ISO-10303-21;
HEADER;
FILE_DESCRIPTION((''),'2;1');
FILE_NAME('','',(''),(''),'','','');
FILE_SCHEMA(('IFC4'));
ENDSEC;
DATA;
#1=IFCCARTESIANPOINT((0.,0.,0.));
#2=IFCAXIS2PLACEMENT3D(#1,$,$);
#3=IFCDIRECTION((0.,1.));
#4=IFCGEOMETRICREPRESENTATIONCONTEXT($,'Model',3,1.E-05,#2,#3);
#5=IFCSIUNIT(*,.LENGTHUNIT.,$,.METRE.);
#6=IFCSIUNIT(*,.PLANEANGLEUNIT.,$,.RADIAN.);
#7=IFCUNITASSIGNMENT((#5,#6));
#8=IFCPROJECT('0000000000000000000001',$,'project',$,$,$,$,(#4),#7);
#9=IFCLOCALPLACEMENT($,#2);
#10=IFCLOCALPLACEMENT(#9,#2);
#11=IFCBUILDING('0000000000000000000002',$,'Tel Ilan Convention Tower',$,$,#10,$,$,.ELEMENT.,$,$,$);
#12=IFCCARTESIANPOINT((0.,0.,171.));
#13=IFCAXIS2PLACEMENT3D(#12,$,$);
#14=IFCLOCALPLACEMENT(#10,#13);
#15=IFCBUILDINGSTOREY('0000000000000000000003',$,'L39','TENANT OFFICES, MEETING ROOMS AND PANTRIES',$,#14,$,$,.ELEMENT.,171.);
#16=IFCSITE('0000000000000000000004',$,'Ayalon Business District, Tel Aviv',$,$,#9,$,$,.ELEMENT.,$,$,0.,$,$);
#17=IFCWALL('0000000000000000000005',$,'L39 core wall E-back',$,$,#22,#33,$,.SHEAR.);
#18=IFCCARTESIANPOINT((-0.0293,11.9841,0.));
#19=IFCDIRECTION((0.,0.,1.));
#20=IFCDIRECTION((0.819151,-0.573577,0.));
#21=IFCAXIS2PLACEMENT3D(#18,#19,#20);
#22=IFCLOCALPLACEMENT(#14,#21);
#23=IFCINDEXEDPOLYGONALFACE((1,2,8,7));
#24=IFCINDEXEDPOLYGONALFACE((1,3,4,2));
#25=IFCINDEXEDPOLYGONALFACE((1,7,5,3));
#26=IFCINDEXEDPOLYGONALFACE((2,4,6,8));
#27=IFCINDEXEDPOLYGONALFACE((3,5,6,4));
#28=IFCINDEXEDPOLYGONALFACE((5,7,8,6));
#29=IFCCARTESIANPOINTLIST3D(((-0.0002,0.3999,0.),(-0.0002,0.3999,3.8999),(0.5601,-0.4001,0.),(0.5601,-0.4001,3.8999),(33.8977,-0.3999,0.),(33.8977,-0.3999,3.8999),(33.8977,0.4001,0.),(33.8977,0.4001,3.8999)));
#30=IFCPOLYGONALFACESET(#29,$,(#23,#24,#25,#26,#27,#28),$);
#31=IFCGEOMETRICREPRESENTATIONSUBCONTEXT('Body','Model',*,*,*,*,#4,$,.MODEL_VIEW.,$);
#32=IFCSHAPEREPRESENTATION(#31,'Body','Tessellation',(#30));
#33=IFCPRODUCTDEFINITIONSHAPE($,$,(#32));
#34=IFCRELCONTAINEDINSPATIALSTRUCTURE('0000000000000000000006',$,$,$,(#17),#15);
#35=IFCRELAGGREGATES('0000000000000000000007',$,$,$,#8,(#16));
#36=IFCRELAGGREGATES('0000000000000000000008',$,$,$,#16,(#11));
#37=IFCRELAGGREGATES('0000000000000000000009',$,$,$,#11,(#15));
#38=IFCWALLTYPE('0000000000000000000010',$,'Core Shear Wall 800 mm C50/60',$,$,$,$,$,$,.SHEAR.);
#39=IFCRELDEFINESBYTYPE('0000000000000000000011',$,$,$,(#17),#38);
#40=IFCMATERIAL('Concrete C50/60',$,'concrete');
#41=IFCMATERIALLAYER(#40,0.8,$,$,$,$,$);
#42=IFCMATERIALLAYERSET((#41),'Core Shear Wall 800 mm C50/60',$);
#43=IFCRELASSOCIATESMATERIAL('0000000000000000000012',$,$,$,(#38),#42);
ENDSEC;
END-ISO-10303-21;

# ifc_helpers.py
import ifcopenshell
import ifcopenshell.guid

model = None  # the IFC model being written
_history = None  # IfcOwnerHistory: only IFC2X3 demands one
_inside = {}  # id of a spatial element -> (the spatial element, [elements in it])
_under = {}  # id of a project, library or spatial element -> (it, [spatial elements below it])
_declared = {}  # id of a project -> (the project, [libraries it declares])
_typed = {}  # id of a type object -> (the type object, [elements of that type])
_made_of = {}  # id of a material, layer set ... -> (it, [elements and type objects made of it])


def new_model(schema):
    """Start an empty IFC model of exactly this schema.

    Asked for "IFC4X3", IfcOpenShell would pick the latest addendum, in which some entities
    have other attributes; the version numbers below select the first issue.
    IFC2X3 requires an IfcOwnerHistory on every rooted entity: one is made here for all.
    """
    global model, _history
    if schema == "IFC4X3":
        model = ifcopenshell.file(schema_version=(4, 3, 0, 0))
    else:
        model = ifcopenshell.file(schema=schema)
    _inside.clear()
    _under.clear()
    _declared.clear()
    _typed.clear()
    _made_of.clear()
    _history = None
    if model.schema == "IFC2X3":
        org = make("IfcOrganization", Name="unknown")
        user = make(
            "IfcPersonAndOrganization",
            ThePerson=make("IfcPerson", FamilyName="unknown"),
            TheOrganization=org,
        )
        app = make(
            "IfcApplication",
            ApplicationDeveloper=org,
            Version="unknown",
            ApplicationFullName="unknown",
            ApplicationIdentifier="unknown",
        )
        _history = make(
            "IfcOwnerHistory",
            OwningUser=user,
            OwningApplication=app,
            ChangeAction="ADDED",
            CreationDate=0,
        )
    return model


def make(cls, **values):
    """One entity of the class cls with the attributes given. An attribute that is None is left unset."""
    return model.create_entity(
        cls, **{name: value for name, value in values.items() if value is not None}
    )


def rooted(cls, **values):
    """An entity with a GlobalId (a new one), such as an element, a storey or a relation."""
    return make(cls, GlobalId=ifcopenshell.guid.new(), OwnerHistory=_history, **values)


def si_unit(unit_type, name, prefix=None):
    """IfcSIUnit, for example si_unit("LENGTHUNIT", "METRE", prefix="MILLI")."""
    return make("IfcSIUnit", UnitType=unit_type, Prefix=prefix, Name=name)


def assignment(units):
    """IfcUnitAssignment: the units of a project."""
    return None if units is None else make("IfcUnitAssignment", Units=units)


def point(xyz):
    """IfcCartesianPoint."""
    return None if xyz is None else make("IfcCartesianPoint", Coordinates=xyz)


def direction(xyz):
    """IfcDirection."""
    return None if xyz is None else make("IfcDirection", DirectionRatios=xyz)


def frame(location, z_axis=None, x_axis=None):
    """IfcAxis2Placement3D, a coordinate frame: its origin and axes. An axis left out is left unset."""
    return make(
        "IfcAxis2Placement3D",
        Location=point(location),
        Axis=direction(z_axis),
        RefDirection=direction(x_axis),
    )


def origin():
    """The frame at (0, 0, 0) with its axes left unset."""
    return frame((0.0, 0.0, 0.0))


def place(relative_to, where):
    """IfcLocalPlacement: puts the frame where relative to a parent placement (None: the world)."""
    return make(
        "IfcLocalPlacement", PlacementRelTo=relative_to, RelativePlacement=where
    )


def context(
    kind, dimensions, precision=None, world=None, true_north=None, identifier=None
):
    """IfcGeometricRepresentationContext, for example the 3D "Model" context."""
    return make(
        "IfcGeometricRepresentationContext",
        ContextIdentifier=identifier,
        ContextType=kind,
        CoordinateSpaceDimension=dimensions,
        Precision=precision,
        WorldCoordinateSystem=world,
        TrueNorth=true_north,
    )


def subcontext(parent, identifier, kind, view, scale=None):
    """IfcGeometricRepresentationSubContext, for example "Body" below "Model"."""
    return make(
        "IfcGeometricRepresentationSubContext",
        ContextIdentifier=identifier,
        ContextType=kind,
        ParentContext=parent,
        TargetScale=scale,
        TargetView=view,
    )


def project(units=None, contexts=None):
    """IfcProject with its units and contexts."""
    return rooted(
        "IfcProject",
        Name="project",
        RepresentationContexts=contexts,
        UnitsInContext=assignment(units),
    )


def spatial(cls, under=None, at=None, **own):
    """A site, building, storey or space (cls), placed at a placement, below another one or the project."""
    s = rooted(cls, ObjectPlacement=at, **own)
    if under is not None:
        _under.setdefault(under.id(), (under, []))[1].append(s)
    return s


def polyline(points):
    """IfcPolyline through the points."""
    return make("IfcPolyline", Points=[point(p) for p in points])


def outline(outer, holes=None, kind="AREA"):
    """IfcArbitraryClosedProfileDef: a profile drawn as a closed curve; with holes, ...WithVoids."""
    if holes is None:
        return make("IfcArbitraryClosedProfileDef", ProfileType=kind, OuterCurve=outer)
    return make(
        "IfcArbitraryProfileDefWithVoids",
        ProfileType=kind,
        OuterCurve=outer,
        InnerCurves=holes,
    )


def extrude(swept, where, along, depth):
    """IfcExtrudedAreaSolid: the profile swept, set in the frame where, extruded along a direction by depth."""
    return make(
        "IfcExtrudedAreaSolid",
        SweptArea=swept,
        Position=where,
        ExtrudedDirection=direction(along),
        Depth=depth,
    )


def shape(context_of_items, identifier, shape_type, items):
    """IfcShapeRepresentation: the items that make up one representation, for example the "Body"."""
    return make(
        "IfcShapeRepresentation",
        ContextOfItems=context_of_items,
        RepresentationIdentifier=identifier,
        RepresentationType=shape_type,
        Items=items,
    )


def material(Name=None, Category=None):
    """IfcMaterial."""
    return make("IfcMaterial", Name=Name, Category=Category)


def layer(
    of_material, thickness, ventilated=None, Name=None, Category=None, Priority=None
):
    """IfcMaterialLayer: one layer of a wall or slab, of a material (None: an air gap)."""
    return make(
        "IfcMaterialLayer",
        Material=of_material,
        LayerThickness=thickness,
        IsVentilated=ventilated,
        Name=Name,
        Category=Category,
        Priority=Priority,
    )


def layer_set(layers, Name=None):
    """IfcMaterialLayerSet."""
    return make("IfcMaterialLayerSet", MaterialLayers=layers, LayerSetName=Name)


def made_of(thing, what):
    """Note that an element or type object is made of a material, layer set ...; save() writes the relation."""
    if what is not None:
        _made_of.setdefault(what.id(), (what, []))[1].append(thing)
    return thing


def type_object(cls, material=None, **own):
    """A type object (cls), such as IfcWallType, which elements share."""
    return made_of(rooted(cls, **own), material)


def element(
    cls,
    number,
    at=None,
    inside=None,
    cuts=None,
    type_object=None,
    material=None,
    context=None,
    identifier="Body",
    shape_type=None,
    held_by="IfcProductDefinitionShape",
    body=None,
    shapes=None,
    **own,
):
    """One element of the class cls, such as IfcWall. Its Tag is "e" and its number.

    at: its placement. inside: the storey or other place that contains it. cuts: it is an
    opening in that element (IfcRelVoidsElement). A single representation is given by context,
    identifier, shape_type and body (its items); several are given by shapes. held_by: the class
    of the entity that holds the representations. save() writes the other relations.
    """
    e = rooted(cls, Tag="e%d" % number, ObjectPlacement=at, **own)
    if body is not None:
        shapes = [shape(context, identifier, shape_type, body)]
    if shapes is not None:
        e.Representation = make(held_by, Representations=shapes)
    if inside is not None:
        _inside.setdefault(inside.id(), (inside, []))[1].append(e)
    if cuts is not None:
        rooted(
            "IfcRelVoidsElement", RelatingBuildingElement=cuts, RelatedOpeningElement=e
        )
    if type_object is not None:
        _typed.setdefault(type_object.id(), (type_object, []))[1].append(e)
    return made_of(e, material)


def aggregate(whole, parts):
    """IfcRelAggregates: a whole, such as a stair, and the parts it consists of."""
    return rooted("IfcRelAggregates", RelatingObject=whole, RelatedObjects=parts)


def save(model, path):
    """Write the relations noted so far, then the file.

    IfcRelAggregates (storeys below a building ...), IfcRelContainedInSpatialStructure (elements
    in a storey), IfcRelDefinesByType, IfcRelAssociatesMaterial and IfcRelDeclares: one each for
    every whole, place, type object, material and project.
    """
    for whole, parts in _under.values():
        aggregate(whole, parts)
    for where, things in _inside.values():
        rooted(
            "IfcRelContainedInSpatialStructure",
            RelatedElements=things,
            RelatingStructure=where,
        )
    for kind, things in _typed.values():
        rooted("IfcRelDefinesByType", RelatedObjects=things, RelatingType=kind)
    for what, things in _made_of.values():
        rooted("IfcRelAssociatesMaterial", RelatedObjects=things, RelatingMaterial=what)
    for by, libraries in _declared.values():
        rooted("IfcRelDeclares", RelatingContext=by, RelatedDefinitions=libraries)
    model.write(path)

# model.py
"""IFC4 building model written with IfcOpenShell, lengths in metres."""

from ifc_helpers import new_model, si_unit, direction, frame, origin, place, context, subcontext, project, spatial, polyline, outline, extrude, material, layer, layer_set, type_object, element, save


model = new_model("IFC4")

# Units and contexts
model_context = context("Model", 3, precision=1e-05, world=origin(), true_north=direction((0.0, 1.0)))
body_context = subcontext(model_context, "Body", "Model", "MODEL_VIEW")
ifc_project = project(units=[si_unit("LENGTHUNIT", "METRE"), si_unit("PLANEANGLEUNIT", "RADIAN")], contexts=[model_context])

# Site, building, storey
site_placement = place(None, origin())
site = spatial("IfcSite", under=ifc_project, at=site_placement, Name="Ayalon Business District, Tel Aviv", CompositionType="ELEMENT", RefElevation=0.0)
building_placement = place(site_placement, origin())
building = spatial("IfcBuilding", under=site, at=building_placement, Name="Tel Ilan Convention Tower", CompositionType="ELEMENT")
storey_placement = place(building_placement, frame((0.0, 0.0, 171.0)))
storey = spatial("IfcBuildingStorey", under=building, at=storey_placement, Name="L39", Description="TENANT OFFICES, MEETING ROOMS AND PANTRIES", CompositionType="ELEMENT", Elevation=171.0)

# Wall
ifc_material_1 = material(Name="Concrete C50/60", Category="concrete")
ifc_layer_1 = layer(ifc_material_1, 0.8)
ifc_layer_set_1 = layer_set([ifc_layer_1], Name="Core Shear Wall 800 mm C50/60")
wall_type_1 = type_object("IfcWallType", Name="Core Shear Wall 800 mm C50/60", PredefinedType="SHEAR", material=ifc_layer_set_1)
wall_1_placement = place(storey_placement, frame((-0.0293, 11.9841, 0.0), z_axis=(0.0, 0.0, 1.0), x_axis=(0.819151, -0.573577, 0.0)))
element("IfcWall", 1, at=wall_1_placement, inside=storey, type_object=wall_type_1, Name="L39 core wall E-back", PredefinedType="SHEAR", context=body_context, shape_type="SweptSolid", body=[
    extrude(outline(polyline([(33.8977, 0.4001), (-0.0002, 0.3999), (0.5601, -0.4001), (33.8977, -0.3999), (33.8977, 0.4001)])), origin(), (0.0, 0.0, 1.0), 3.8999),
])

save(model, "model.ifc")
